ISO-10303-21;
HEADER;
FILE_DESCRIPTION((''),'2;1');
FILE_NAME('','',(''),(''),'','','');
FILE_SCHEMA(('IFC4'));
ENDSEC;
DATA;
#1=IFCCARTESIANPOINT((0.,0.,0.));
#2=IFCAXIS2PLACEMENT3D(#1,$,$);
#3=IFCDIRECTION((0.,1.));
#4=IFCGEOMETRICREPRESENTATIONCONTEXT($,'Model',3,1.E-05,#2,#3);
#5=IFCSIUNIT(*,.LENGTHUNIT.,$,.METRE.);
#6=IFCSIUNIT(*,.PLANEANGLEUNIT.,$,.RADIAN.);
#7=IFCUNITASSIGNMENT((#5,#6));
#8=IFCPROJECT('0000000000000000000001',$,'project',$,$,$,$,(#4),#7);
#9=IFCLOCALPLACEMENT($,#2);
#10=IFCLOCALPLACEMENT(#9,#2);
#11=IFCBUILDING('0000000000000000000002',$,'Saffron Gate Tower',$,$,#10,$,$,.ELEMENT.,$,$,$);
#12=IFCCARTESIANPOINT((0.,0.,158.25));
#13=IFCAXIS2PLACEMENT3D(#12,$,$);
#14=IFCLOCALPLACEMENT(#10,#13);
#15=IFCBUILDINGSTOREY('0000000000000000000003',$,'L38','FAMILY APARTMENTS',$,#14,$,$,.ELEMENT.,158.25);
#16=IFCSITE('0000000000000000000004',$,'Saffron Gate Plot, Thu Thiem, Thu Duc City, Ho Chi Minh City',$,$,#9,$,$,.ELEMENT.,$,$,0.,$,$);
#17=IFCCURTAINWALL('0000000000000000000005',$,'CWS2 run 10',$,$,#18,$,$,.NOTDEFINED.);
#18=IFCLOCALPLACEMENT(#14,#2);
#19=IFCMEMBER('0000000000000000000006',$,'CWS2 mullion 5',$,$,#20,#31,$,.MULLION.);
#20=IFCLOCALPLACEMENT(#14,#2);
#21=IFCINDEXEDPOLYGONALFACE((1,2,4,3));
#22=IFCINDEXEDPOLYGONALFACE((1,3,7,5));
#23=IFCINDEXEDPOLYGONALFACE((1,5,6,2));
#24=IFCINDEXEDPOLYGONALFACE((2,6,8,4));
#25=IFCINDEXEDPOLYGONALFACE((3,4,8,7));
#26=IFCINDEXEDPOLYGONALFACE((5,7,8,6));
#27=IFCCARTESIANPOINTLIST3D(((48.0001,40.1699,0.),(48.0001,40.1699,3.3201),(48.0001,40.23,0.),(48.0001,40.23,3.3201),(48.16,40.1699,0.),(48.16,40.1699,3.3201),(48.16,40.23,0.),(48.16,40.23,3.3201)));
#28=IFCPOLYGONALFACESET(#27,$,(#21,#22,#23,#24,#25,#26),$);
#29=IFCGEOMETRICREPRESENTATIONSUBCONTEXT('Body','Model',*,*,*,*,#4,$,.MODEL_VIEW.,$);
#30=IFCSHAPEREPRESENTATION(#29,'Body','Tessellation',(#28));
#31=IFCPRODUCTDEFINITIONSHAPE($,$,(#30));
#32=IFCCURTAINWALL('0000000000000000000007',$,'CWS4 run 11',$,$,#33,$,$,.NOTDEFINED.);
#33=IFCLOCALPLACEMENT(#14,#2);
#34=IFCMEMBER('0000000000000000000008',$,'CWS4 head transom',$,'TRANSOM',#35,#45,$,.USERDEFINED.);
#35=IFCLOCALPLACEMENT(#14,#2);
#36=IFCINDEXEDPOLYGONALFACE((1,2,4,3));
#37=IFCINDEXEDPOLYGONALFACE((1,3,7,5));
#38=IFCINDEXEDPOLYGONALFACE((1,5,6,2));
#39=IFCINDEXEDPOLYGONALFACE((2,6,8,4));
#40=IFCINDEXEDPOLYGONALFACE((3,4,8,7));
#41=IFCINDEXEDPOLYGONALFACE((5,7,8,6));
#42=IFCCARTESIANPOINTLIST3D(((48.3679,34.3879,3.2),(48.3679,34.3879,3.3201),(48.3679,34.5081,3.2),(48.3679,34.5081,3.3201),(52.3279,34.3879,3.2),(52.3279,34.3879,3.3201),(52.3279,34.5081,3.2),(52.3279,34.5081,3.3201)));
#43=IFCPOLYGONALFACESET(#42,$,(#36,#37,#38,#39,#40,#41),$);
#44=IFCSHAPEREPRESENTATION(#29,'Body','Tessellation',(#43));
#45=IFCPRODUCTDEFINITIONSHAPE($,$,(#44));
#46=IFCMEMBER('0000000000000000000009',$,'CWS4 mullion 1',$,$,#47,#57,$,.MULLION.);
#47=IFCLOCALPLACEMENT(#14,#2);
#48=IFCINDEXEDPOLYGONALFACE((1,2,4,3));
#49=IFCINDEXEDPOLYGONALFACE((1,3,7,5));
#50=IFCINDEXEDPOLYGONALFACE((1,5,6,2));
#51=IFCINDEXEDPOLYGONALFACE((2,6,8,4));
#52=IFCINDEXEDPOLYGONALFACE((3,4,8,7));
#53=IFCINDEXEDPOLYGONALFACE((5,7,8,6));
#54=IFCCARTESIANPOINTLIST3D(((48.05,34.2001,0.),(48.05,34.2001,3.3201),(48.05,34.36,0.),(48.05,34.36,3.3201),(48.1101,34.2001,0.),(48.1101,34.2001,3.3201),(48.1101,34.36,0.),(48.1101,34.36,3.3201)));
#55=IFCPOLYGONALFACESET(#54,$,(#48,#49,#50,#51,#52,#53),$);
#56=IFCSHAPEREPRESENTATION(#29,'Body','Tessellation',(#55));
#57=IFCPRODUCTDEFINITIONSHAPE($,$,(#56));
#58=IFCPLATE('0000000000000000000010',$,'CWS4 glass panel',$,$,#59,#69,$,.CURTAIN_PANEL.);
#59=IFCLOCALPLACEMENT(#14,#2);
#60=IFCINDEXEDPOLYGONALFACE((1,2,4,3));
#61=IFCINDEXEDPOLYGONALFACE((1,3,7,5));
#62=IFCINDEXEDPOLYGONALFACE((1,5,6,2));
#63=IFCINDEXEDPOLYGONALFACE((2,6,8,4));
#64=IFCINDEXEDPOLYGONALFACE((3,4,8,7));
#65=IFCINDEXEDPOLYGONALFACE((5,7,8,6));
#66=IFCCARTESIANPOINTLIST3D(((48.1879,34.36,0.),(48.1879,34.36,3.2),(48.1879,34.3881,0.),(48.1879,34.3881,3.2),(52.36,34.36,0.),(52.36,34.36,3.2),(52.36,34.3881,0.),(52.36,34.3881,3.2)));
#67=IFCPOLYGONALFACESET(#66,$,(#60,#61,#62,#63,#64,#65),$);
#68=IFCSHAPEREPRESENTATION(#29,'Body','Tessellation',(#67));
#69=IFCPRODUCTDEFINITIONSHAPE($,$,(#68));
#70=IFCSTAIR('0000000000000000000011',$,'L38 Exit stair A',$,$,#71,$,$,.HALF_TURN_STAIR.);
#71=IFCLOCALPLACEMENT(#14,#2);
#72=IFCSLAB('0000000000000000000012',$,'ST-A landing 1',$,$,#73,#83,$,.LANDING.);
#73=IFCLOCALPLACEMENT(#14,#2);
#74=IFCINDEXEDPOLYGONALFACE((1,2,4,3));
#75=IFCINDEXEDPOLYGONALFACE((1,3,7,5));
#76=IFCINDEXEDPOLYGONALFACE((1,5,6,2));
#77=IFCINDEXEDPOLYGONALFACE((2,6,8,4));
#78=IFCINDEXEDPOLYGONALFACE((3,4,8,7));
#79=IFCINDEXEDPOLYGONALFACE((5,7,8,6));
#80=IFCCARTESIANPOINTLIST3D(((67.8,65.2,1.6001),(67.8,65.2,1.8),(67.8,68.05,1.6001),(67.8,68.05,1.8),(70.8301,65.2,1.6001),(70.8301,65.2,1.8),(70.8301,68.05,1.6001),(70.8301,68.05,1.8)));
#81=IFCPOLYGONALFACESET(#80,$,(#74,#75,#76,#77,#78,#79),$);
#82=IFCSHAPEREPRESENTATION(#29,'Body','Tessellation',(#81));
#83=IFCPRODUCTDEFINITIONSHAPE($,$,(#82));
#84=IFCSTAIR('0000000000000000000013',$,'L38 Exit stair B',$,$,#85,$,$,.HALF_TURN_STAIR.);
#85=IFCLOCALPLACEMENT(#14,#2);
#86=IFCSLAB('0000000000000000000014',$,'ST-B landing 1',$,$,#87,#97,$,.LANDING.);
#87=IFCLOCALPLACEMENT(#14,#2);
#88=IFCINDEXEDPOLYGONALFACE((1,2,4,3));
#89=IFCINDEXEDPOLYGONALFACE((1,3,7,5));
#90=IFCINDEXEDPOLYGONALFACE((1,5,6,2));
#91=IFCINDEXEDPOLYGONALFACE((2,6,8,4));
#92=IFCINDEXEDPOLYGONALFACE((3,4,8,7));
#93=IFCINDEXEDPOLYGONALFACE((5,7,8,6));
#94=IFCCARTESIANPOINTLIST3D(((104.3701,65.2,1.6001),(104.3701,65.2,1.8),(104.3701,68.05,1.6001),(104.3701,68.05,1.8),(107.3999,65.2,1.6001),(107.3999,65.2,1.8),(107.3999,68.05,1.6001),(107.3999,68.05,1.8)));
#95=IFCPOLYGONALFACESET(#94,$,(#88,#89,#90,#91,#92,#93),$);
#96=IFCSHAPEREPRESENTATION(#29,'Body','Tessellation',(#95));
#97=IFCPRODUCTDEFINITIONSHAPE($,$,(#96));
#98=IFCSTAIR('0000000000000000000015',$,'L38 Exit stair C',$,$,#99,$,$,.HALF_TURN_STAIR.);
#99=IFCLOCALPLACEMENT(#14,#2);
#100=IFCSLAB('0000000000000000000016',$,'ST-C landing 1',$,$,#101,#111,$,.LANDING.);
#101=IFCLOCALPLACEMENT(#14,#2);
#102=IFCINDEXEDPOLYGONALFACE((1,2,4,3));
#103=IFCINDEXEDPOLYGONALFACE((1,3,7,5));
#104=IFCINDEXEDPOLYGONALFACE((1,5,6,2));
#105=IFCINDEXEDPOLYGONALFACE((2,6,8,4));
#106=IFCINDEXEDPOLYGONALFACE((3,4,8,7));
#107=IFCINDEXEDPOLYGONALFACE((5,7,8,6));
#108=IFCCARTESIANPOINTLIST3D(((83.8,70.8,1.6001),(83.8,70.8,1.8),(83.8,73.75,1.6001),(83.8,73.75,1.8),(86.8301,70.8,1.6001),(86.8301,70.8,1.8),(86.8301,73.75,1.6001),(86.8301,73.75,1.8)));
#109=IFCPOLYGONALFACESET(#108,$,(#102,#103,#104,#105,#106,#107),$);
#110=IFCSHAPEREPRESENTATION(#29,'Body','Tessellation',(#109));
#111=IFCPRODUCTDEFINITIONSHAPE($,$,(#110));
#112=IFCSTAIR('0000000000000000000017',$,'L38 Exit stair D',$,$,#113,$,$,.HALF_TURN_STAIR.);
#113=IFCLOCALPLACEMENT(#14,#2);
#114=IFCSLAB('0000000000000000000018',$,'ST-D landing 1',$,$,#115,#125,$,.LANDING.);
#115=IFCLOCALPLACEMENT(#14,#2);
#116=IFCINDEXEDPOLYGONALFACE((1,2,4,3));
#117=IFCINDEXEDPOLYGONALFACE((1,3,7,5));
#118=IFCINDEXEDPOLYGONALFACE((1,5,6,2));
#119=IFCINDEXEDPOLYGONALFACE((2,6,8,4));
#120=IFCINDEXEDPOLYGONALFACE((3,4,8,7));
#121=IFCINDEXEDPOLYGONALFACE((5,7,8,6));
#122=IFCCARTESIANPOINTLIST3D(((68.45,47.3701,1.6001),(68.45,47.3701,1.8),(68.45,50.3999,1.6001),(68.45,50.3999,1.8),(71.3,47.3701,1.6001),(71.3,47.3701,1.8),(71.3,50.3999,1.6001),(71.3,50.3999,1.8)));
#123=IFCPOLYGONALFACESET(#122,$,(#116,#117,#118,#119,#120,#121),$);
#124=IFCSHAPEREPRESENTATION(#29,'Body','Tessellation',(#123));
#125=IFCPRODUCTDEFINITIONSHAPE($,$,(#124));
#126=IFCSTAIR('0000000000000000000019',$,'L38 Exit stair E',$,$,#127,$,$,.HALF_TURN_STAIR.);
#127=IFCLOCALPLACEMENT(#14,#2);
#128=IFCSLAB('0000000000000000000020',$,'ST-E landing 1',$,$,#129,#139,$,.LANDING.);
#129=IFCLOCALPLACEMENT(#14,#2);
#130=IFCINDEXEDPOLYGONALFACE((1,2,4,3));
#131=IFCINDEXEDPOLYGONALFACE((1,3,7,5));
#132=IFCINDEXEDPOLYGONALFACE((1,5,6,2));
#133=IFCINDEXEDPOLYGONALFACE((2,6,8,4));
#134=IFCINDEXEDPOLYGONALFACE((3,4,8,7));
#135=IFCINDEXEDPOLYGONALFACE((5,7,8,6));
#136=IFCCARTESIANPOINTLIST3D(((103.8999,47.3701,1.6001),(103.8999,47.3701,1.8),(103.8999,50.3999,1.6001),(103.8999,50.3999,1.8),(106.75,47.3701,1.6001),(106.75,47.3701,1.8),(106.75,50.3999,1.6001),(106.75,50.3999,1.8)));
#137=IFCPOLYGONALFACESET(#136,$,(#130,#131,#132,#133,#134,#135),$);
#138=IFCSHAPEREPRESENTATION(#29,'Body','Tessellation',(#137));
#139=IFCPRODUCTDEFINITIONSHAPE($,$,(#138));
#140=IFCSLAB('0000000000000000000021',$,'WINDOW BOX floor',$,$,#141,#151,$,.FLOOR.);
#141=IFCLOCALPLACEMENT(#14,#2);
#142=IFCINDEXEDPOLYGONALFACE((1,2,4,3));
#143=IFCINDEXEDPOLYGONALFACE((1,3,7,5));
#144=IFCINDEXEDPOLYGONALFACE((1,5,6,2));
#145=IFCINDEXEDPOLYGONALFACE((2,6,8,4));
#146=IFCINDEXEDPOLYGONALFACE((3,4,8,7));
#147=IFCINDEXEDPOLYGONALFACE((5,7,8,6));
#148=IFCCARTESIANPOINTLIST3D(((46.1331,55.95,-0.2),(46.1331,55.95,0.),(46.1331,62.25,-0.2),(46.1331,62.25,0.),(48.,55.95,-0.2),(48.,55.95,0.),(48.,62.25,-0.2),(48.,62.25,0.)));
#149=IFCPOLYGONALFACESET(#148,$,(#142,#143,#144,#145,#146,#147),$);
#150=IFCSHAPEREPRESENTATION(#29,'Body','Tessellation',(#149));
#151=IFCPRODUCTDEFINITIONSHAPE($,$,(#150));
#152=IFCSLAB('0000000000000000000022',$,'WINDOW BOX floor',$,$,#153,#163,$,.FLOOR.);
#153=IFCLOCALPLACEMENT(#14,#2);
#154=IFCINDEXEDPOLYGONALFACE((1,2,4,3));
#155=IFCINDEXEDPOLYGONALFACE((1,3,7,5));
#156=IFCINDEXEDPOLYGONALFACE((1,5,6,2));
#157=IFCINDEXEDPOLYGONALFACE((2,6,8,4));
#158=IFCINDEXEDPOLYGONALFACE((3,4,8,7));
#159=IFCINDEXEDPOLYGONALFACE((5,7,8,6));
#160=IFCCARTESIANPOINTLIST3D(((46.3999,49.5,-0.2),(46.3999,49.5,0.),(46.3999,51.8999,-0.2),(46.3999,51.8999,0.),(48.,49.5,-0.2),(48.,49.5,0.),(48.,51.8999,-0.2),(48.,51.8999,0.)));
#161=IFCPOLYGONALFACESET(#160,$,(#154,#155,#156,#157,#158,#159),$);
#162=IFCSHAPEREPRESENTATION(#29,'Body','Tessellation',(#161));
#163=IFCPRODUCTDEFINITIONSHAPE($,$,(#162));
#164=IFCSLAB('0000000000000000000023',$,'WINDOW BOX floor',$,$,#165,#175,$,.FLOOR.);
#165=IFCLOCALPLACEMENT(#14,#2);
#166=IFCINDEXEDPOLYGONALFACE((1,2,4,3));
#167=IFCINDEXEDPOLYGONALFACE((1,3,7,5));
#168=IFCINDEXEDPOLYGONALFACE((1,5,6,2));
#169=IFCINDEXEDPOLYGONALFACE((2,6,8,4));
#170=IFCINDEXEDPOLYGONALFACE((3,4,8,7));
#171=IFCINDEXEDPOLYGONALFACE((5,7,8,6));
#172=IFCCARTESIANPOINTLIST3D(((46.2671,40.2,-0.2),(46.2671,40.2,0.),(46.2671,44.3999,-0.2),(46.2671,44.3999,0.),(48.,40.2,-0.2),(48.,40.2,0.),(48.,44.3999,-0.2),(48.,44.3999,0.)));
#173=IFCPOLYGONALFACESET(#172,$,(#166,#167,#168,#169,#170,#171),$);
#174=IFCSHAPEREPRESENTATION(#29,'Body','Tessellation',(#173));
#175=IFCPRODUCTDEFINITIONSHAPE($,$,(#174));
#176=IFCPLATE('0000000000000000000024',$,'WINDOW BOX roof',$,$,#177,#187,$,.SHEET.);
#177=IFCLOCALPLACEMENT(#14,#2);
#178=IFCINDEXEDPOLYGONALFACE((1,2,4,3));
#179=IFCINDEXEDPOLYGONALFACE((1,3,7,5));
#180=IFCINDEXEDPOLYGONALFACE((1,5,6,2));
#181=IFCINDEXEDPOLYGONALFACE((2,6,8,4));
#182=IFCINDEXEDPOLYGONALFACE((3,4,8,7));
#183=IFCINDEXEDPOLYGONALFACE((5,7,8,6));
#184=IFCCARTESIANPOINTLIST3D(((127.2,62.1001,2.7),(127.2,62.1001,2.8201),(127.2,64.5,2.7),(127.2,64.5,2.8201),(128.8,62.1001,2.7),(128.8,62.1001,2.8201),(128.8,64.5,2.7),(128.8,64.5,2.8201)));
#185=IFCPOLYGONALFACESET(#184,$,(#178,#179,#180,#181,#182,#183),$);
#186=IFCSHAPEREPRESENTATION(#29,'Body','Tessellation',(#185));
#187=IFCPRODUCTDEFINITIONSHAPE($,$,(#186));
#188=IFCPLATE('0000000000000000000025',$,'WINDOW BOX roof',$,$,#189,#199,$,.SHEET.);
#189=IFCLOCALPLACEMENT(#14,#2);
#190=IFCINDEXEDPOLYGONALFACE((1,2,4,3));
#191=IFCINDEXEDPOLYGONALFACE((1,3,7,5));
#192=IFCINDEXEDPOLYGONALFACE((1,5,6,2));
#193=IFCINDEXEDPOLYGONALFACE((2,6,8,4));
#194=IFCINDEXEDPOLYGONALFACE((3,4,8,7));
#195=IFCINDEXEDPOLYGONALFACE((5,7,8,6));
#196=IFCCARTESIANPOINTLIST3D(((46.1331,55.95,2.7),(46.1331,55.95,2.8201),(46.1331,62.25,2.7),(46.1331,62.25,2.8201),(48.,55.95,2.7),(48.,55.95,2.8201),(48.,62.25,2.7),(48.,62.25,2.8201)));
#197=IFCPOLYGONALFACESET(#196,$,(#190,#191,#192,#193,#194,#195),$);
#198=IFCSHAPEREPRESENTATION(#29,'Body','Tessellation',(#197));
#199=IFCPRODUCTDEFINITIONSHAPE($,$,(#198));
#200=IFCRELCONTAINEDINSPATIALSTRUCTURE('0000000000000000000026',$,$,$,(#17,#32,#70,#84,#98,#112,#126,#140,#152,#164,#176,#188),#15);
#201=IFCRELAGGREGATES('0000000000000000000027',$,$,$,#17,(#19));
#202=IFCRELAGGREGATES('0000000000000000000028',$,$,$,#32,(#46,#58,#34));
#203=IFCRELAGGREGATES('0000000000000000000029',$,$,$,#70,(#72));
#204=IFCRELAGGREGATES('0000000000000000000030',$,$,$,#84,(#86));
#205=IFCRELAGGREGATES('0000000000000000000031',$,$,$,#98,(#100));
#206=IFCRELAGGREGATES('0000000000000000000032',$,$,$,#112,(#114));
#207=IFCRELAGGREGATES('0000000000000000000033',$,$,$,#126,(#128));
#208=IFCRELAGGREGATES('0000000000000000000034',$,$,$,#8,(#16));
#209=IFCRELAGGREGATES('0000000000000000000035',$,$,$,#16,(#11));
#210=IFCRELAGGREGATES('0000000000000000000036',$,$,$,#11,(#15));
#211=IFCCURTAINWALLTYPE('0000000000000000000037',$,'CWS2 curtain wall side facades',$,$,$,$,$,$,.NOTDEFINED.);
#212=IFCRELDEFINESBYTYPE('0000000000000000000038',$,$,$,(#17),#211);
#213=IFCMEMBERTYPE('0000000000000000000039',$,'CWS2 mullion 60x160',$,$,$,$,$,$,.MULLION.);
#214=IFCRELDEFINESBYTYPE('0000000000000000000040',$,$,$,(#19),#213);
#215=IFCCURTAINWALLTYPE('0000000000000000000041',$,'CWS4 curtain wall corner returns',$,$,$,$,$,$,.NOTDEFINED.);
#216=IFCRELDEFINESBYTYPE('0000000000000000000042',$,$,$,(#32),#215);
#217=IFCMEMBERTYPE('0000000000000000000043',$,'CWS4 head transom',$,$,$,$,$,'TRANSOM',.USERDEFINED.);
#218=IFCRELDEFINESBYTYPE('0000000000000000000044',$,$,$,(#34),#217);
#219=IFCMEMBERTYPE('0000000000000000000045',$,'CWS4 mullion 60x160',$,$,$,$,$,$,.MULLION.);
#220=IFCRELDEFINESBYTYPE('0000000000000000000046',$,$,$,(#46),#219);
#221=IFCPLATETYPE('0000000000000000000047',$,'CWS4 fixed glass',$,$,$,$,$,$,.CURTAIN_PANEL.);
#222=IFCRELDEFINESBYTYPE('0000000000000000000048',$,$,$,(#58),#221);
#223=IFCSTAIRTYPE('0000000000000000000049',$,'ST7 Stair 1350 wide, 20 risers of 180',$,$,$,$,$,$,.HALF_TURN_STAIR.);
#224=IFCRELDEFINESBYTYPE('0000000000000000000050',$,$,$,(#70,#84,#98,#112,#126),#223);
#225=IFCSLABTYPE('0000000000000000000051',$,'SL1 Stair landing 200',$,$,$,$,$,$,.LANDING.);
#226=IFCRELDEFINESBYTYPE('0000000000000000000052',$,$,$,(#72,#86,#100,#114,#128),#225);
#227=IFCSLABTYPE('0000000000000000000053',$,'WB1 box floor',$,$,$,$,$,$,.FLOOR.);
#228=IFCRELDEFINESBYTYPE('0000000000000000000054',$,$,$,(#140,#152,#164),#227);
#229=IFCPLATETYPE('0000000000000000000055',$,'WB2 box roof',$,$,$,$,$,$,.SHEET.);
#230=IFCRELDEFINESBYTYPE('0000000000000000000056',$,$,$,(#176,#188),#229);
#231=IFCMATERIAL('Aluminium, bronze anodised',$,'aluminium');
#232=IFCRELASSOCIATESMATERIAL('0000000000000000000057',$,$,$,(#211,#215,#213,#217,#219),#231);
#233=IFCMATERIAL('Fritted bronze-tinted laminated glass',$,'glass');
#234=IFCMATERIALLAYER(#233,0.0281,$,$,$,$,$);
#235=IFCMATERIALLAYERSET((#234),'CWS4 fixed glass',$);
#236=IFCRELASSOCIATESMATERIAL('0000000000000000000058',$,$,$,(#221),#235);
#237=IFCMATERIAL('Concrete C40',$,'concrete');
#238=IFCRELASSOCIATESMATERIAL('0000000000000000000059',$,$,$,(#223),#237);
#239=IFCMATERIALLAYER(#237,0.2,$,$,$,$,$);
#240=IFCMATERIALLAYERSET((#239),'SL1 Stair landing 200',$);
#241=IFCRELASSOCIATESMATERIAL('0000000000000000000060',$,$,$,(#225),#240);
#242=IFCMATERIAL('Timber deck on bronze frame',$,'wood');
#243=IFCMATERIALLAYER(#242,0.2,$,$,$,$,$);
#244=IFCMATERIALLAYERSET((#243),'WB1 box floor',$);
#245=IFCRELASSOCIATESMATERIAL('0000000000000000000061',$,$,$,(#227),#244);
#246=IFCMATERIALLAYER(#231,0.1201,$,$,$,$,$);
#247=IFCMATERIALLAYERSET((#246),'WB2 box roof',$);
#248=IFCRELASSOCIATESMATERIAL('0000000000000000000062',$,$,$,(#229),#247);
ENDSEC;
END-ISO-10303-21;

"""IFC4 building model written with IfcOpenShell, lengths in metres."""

from ifc_helpers import new_model, si_unit, direction, frame, frame_2d, origin, origin_2d, place, context, subcontext, project, spatial, polyline, rectangle, outline, extrude, material, layer, layer_set, material_profile, profile_set, type_object, element, aggregate, save


model = new_model("IFC4")

# Units and contexts
model_context = context("Model", 3, precision=1e-05, world=origin(), true_north=direction((0.0, 1.0)))
body_context = subcontext(model_context, "Body", "Model", "MODEL_VIEW")
ifc_project = project(units=[si_unit("LENGTHUNIT", "METRE"), si_unit("PLANEANGLEUNIT", "RADIAN")], contexts=[model_context])

# Site, building, storey
site_placement = place(None, origin())
site = spatial("IfcSite", under=ifc_project, at=site_placement, Name="Saffron Gate Plot, Thu Thiem, Thu Duc City, Ho Chi Minh City", CompositionType="ELEMENT", RefElevation=0.0)
building_placement = place(site_placement, origin())
building = spatial("IfcBuilding", under=site, at=building_placement, Name="Saffron Gate Tower", CompositionType="ELEMENT")
storey_placement = place(building_placement, frame((0.0, 0.0, 158.25)))
storey = spatial("IfcBuildingStorey", under=building, at=storey_placement, Name="L38", Description="FAMILY APARTMENTS", CompositionType="ELEMENT", Elevation=158.25)

# Curtain wall, member
ifc_material_1 = material(Name="Aluminium, bronze anodised", Category="aluminium")
curtain_wall_type_1 = type_object("IfcCurtainWallType", Name="CWS2 curtain wall side facades", PredefinedType="NOTDEFINED", material=ifc_material_1)
curtain_wall_1_placement = place(storey_placement, origin())
curtain_wall_1 = element("IfcCurtainWall", 1, at=curtain_wall_1_placement, inside=storey, type_object=curtain_wall_type_1, Name="CWS2 run 10", PredefinedType="NOTDEFINED")
ifc_material_profile_1 = material_profile(ifc_material_1, rectangle(XDim=0.1599, YDim=0.0601, at=origin_2d()))
ifc_profile_set_1 = profile_set([ifc_material_profile_1], Name="Aluminium, bronze anodised")
member_type_1 = type_object("IfcMemberType", Name="CWS2 mullion 60x160", PredefinedType="MULLION", material=ifc_profile_set_1)
member_1_placement = place(storey_placement, frame((48.0801, 40.2, 0.0), z_axis=(0.0, 0.0, 1.0), x_axis=(1.0, 0.0, 0.0)))
member_1 = element("IfcMember", 2, at=member_1_placement, type_object=member_type_1, Name="CWS2 mullion 5", PredefinedType="MULLION", context=body_context, shape_type="SweptSolid", body=[
    extrude(rectangle(XDim=0.1599, YDim=0.0601, at=origin_2d()), origin(), (0.0, 0.0, 1.0), 3.3201),
])
aggregate(curtain_wall_1, [member_1])

# Curtain wall, members, plate
curtain_wall_type_2 = type_object("IfcCurtainWallType", Name="CWS4 curtain wall corner returns", PredefinedType="NOTDEFINED", material=ifc_material_1)
curtain_wall_2_placement = place(storey_placement, origin())
curtain_wall_2 = element("IfcCurtainWall", 3, at=curtain_wall_2_placement, inside=storey, type_object=curtain_wall_type_2, Name="CWS4 run 11", PredefinedType="NOTDEFINED")
ifc_material_profile_2 = material_profile(ifc_material_1, rectangle(XDim=0.1201, YDim=0.1201, at=origin_2d()))
ifc_profile_set_2 = profile_set([ifc_material_profile_2], Name="Aluminium, bronze anodised")
member_type_2 = type_object("IfcMemberType", Name="CWS4 head transom", ElementType="TRANSOM", PredefinedType="USERDEFINED", material=ifc_profile_set_2)
member_2_placement = place(storey_placement, frame((48.3679, 34.448, 3.26), z_axis=(1.0, 0.0, 0.0), x_axis=(0.0, 1.0, 0.0)))
member_2 = element("IfcMember", 4, at=member_2_placement, type_object=member_type_2, Name="CWS4 head transom", ObjectType="TRANSOM", PredefinedType="USERDEFINED", context=body_context, shape_type="SweptSolid", body=[
    extrude(rectangle(XDim=0.1201, YDim=0.1201, at=origin_2d()), origin(), (0.0, 0.0, 1.0), 3.96),
])
ifc_material_profile_3 = material_profile(ifc_material_1, rectangle(XDim=0.1599, YDim=0.0601, at=origin_2d()))
ifc_profile_set_3 = profile_set([ifc_material_profile_3], Name="Aluminium, bronze anodised")
member_type_3 = type_object("IfcMemberType", Name="CWS4 mullion 60x160", PredefinedType="MULLION", material=ifc_profile_set_3)
member_3_placement = place(storey_placement, frame((48.0801, 34.28, 0.0), z_axis=(0.0, 0.0, 1.0), x_axis=(0.0, 1.0, 0.0)))
member_3 = element("IfcMember", 5, at=member_3_placement, type_object=member_type_3, Name="CWS4 mullion 1", PredefinedType="MULLION", context=body_context, shape_type="SweptSolid", body=[
    extrude(rectangle(XDim=0.1599, YDim=0.0601, at=origin_2d()), origin(), (0.0, 0.0, 1.0), 3.3201),
])
ifc_material_2 = material(Name="Fritted bronze-tinted laminated glass", Category="glass")
ifc_layer_1 = layer(ifc_material_2, 0.0281)
ifc_layer_set_1 = layer_set([ifc_layer_1], Name="CWS4 fixed glass")
plate_type_1 = type_object("IfcPlateType", Name="CWS4 fixed glass", PredefinedType="CURTAIN_PANEL", material=ifc_layer_set_1)
plate_1_placement = place(storey_placement, frame((48.188, 34.374, 0.0), z_axis=(0.0, 0.0, 1.0), x_axis=(1.0, 0.0, 0.0)))
plate_1 = element("IfcPlate", 6, at=plate_1_placement, type_object=plate_type_1, Name="CWS4 glass panel", PredefinedType="CURTAIN_PANEL", context=body_context, shape_type="SweptSolid", body=[
    extrude(rectangle(XDim=4.1721, YDim=0.0281, at=frame_2d((2.0859, 0.0))), origin(), (0.0, 0.0, 1.0), 3.2),
])
aggregate(curtain_wall_2, [member_3, plate_1, member_2])

# Stairs, slabs
ifc_material_3 = material(Name="Concrete C40", Category="concrete")
stair_type = type_object("IfcStairType", Name="ST7 Stair 1350 wide, 20 risers of 180", PredefinedType="HALF_TURN_STAIR", material=ifc_material_3)
stair_1_placement = place(storey_placement, origin())
stair_1 = element("IfcStair", 7, at=stair_1_placement, inside=storey, type_object=stair_type, Name="L38 Exit stair A", PredefinedType="HALF_TURN_STAIR")
ifc_layer_2 = layer(ifc_material_3, 0.2)
ifc_layer_set_2 = layer_set([ifc_layer_2], Name="SL1 Stair landing 200")
slab_type_1 = type_object("IfcSlabType", Name="SL1 Stair landing 200", PredefinedType="LANDING", material=ifc_layer_set_2)
slab_1_placement = place(storey_placement, frame((0.0, 0.0, 1.6001)))
slab_1 = element("IfcSlab", 8, at=slab_1_placement, type_object=slab_type_1, Name="ST-A landing 1", PredefinedType="LANDING", context=body_context, shape_type="SweptSolid", body=[
    extrude(outline(polyline([(70.8301, 68.05), (67.8, 68.05), (67.8, 65.2), (70.8301, 65.2), (70.8301, 68.05)])), origin(), (0.0, 0.0, 1.0), 0.2),
])
aggregate(stair_1, [slab_1])
stair_2_placement = place(storey_placement, origin())
stair_2 = element("IfcStair", 9, at=stair_2_placement, inside=storey, type_object=stair_type, Name="L38 Exit stair B", PredefinedType="HALF_TURN_STAIR")
slab_2_placement = place(storey_placement, frame((0.0, 0.0, 1.6001)))
slab_2 = element("IfcSlab", 10, at=slab_2_placement, type_object=slab_type_1, Name="ST-B landing 1", PredefinedType="LANDING", context=body_context, shape_type="SweptSolid", body=[
    extrude(outline(polyline([(104.3701, 65.2), (107.3999, 65.2), (107.3999, 68.05), (104.3701, 68.05), (104.3701, 65.2)])), origin(), (0.0, 0.0, 1.0), 0.2),
])
aggregate(stair_2, [slab_2])
stair_3_placement = place(storey_placement, origin())
stair_3 = element("IfcStair", 11, at=stair_3_placement, inside=storey, type_object=stair_type, Name="L38 Exit stair C", PredefinedType="HALF_TURN_STAIR")
slab_3_placement = place(storey_placement, frame((0.0, 0.0, 1.6001)))
slab_3 = element("IfcSlab", 12, at=slab_3_placement, type_object=slab_type_1, Name="ST-C landing 1", PredefinedType="LANDING", context=body_context, shape_type="SweptSolid", body=[
    extrude(outline(polyline([(86.8301, 73.75), (83.8, 73.75), (83.8, 70.8), (86.8301, 70.8), (86.8301, 73.75)])), origin(), (0.0, 0.0, 1.0), 0.2),
])
aggregate(stair_3, [slab_3])
stair_4_placement = place(storey_placement, origin())
stair_4 = element("IfcStair", 13, at=stair_4_placement, inside=storey, type_object=stair_type, Name="L38 Exit stair D", PredefinedType="HALF_TURN_STAIR")
slab_4_placement = place(storey_placement, frame((0.0, 0.0, 1.6001)))
slab_4 = element("IfcSlab", 14, at=slab_4_placement, type_object=slab_type_1, Name="ST-D landing 1", PredefinedType="LANDING", context=body_context, shape_type="SweptSolid", body=[
    extrude(outline(polyline([(71.3, 47.3701), (71.3, 50.3999), (68.45, 50.3999), (68.45, 47.3701), (71.3, 47.3701)])), origin(), (0.0, 0.0, 1.0), 0.2),
])
aggregate(stair_4, [slab_4])
stair_5_placement = place(storey_placement, origin())
stair_5 = element("IfcStair", 15, at=stair_5_placement, inside=storey, type_object=stair_type, Name="L38 Exit stair E", PredefinedType="HALF_TURN_STAIR")
slab_5_placement = place(storey_placement, frame((0.0, 0.0, 1.6001)))
slab_5 = element("IfcSlab", 16, at=slab_5_placement, type_object=slab_type_1, Name="ST-E landing 1", PredefinedType="LANDING", context=body_context, shape_type="SweptSolid", body=[
    extrude(outline(polyline([(106.75, 47.3701), (106.75, 50.3999), (103.8999, 50.3999), (103.8999, 47.3701), (106.75, 47.3701)])), origin(), (0.0, 0.0, 1.0), 0.2),
])
aggregate(stair_5, [slab_5])

# Slabs
ifc_material_4 = material(Name="Timber deck on bronze frame", Category="wood")
ifc_layer_3 = layer(ifc_material_4, 0.2)
ifc_layer_set_3 = layer_set([ifc_layer_3], Name="WB1 box floor")
slab_type_2 = type_object("IfcSlabType", Name="WB1 box floor", PredefinedType="FLOOR", material=ifc_layer_set_3)
slab_6_placement = place(storey_placement, frame((0.0, 0.0, -0.2)))
element("IfcSlab", 17, at=slab_6_placement, inside=storey, type_object=slab_type_2, Name="WINDOW BOX floor", PredefinedType="FLOOR", context=body_context, shape_type="SweptSolid", body=[
    extrude(outline(polyline([(48.0, 62.25), (48.0, 55.95), (46.1331, 55.95), (46.1331, 62.25), (48.0, 62.25)])), origin(), (0.0, 0.0, 1.0), 0.2),
])
slab_7_placement = place(storey_placement, frame((0.0, 0.0, -0.2)))
element("IfcSlab", 18, at=slab_7_placement, inside=storey, type_object=slab_type_2, Name="WINDOW BOX floor", PredefinedType="FLOOR", context=body_context, shape_type="SweptSolid", body=[
    extrude(outline(polyline([(48.0, 51.8999), (48.0, 49.5), (46.3999, 49.5), (46.3999, 51.8999), (48.0, 51.8999)])), origin(), (0.0, 0.0, 1.0), 0.2),
])
slab_8_placement = place(storey_placement, frame((0.0, 0.0, -0.2)))
element("IfcSlab", 19, at=slab_8_placement, inside=storey, type_object=slab_type_2, Name="WINDOW BOX floor", PredefinedType="FLOOR", context=body_context, shape_type="SweptSolid", body=[
    extrude(outline(polyline([(48.0, 44.3999), (48.0, 40.2), (46.2671, 40.2), (46.2671, 44.3999), (48.0, 44.3999)])), origin(), (0.0, 0.0, 1.0), 0.2),
])

# Plates
ifc_layer_4 = layer(ifc_material_1, 0.1201)
ifc_layer_set_4 = layer_set([ifc_layer_4], Name="WB2 box roof")
plate_type_2 = type_object("IfcPlateType", Name="WB2 box roof", PredefinedType="SHEET", material=ifc_layer_set_4)
plate_2_placement = place(storey_placement, frame((0.0, 0.0, 2.7)))
element("IfcPlate", 20, at=plate_2_placement, inside=storey, type_object=plate_type_2, Name="WINDOW BOX roof", PredefinedType="SHEET", context=body_context, shape_type="SweptSolid", body=[
    extrude(outline(polyline([(127.2, 62.1001), (127.2, 64.5), (128.8, 64.5), (128.8, 62.1001), (127.2, 62.1001)])), origin(), (0.0, 0.0, 1.0), 0.1201),
])
plate_3_placement = place(storey_placement, frame((0.0, 0.0, 2.7)))
element("IfcPlate", 21, at=plate_3_placement, inside=storey, type_object=plate_type_2, Name="WINDOW BOX roof", PredefinedType="SHEET", context=body_context, shape_type="SweptSolid", body=[
    extrude(outline(polyline([(48.0, 62.25), (48.0, 55.95), (46.1331, 55.95), (46.1331, 62.25), (48.0, 62.25)])), origin(), (0.0, 0.0, 1.0), 0.1201),
])

save(model, "model.ifc")
